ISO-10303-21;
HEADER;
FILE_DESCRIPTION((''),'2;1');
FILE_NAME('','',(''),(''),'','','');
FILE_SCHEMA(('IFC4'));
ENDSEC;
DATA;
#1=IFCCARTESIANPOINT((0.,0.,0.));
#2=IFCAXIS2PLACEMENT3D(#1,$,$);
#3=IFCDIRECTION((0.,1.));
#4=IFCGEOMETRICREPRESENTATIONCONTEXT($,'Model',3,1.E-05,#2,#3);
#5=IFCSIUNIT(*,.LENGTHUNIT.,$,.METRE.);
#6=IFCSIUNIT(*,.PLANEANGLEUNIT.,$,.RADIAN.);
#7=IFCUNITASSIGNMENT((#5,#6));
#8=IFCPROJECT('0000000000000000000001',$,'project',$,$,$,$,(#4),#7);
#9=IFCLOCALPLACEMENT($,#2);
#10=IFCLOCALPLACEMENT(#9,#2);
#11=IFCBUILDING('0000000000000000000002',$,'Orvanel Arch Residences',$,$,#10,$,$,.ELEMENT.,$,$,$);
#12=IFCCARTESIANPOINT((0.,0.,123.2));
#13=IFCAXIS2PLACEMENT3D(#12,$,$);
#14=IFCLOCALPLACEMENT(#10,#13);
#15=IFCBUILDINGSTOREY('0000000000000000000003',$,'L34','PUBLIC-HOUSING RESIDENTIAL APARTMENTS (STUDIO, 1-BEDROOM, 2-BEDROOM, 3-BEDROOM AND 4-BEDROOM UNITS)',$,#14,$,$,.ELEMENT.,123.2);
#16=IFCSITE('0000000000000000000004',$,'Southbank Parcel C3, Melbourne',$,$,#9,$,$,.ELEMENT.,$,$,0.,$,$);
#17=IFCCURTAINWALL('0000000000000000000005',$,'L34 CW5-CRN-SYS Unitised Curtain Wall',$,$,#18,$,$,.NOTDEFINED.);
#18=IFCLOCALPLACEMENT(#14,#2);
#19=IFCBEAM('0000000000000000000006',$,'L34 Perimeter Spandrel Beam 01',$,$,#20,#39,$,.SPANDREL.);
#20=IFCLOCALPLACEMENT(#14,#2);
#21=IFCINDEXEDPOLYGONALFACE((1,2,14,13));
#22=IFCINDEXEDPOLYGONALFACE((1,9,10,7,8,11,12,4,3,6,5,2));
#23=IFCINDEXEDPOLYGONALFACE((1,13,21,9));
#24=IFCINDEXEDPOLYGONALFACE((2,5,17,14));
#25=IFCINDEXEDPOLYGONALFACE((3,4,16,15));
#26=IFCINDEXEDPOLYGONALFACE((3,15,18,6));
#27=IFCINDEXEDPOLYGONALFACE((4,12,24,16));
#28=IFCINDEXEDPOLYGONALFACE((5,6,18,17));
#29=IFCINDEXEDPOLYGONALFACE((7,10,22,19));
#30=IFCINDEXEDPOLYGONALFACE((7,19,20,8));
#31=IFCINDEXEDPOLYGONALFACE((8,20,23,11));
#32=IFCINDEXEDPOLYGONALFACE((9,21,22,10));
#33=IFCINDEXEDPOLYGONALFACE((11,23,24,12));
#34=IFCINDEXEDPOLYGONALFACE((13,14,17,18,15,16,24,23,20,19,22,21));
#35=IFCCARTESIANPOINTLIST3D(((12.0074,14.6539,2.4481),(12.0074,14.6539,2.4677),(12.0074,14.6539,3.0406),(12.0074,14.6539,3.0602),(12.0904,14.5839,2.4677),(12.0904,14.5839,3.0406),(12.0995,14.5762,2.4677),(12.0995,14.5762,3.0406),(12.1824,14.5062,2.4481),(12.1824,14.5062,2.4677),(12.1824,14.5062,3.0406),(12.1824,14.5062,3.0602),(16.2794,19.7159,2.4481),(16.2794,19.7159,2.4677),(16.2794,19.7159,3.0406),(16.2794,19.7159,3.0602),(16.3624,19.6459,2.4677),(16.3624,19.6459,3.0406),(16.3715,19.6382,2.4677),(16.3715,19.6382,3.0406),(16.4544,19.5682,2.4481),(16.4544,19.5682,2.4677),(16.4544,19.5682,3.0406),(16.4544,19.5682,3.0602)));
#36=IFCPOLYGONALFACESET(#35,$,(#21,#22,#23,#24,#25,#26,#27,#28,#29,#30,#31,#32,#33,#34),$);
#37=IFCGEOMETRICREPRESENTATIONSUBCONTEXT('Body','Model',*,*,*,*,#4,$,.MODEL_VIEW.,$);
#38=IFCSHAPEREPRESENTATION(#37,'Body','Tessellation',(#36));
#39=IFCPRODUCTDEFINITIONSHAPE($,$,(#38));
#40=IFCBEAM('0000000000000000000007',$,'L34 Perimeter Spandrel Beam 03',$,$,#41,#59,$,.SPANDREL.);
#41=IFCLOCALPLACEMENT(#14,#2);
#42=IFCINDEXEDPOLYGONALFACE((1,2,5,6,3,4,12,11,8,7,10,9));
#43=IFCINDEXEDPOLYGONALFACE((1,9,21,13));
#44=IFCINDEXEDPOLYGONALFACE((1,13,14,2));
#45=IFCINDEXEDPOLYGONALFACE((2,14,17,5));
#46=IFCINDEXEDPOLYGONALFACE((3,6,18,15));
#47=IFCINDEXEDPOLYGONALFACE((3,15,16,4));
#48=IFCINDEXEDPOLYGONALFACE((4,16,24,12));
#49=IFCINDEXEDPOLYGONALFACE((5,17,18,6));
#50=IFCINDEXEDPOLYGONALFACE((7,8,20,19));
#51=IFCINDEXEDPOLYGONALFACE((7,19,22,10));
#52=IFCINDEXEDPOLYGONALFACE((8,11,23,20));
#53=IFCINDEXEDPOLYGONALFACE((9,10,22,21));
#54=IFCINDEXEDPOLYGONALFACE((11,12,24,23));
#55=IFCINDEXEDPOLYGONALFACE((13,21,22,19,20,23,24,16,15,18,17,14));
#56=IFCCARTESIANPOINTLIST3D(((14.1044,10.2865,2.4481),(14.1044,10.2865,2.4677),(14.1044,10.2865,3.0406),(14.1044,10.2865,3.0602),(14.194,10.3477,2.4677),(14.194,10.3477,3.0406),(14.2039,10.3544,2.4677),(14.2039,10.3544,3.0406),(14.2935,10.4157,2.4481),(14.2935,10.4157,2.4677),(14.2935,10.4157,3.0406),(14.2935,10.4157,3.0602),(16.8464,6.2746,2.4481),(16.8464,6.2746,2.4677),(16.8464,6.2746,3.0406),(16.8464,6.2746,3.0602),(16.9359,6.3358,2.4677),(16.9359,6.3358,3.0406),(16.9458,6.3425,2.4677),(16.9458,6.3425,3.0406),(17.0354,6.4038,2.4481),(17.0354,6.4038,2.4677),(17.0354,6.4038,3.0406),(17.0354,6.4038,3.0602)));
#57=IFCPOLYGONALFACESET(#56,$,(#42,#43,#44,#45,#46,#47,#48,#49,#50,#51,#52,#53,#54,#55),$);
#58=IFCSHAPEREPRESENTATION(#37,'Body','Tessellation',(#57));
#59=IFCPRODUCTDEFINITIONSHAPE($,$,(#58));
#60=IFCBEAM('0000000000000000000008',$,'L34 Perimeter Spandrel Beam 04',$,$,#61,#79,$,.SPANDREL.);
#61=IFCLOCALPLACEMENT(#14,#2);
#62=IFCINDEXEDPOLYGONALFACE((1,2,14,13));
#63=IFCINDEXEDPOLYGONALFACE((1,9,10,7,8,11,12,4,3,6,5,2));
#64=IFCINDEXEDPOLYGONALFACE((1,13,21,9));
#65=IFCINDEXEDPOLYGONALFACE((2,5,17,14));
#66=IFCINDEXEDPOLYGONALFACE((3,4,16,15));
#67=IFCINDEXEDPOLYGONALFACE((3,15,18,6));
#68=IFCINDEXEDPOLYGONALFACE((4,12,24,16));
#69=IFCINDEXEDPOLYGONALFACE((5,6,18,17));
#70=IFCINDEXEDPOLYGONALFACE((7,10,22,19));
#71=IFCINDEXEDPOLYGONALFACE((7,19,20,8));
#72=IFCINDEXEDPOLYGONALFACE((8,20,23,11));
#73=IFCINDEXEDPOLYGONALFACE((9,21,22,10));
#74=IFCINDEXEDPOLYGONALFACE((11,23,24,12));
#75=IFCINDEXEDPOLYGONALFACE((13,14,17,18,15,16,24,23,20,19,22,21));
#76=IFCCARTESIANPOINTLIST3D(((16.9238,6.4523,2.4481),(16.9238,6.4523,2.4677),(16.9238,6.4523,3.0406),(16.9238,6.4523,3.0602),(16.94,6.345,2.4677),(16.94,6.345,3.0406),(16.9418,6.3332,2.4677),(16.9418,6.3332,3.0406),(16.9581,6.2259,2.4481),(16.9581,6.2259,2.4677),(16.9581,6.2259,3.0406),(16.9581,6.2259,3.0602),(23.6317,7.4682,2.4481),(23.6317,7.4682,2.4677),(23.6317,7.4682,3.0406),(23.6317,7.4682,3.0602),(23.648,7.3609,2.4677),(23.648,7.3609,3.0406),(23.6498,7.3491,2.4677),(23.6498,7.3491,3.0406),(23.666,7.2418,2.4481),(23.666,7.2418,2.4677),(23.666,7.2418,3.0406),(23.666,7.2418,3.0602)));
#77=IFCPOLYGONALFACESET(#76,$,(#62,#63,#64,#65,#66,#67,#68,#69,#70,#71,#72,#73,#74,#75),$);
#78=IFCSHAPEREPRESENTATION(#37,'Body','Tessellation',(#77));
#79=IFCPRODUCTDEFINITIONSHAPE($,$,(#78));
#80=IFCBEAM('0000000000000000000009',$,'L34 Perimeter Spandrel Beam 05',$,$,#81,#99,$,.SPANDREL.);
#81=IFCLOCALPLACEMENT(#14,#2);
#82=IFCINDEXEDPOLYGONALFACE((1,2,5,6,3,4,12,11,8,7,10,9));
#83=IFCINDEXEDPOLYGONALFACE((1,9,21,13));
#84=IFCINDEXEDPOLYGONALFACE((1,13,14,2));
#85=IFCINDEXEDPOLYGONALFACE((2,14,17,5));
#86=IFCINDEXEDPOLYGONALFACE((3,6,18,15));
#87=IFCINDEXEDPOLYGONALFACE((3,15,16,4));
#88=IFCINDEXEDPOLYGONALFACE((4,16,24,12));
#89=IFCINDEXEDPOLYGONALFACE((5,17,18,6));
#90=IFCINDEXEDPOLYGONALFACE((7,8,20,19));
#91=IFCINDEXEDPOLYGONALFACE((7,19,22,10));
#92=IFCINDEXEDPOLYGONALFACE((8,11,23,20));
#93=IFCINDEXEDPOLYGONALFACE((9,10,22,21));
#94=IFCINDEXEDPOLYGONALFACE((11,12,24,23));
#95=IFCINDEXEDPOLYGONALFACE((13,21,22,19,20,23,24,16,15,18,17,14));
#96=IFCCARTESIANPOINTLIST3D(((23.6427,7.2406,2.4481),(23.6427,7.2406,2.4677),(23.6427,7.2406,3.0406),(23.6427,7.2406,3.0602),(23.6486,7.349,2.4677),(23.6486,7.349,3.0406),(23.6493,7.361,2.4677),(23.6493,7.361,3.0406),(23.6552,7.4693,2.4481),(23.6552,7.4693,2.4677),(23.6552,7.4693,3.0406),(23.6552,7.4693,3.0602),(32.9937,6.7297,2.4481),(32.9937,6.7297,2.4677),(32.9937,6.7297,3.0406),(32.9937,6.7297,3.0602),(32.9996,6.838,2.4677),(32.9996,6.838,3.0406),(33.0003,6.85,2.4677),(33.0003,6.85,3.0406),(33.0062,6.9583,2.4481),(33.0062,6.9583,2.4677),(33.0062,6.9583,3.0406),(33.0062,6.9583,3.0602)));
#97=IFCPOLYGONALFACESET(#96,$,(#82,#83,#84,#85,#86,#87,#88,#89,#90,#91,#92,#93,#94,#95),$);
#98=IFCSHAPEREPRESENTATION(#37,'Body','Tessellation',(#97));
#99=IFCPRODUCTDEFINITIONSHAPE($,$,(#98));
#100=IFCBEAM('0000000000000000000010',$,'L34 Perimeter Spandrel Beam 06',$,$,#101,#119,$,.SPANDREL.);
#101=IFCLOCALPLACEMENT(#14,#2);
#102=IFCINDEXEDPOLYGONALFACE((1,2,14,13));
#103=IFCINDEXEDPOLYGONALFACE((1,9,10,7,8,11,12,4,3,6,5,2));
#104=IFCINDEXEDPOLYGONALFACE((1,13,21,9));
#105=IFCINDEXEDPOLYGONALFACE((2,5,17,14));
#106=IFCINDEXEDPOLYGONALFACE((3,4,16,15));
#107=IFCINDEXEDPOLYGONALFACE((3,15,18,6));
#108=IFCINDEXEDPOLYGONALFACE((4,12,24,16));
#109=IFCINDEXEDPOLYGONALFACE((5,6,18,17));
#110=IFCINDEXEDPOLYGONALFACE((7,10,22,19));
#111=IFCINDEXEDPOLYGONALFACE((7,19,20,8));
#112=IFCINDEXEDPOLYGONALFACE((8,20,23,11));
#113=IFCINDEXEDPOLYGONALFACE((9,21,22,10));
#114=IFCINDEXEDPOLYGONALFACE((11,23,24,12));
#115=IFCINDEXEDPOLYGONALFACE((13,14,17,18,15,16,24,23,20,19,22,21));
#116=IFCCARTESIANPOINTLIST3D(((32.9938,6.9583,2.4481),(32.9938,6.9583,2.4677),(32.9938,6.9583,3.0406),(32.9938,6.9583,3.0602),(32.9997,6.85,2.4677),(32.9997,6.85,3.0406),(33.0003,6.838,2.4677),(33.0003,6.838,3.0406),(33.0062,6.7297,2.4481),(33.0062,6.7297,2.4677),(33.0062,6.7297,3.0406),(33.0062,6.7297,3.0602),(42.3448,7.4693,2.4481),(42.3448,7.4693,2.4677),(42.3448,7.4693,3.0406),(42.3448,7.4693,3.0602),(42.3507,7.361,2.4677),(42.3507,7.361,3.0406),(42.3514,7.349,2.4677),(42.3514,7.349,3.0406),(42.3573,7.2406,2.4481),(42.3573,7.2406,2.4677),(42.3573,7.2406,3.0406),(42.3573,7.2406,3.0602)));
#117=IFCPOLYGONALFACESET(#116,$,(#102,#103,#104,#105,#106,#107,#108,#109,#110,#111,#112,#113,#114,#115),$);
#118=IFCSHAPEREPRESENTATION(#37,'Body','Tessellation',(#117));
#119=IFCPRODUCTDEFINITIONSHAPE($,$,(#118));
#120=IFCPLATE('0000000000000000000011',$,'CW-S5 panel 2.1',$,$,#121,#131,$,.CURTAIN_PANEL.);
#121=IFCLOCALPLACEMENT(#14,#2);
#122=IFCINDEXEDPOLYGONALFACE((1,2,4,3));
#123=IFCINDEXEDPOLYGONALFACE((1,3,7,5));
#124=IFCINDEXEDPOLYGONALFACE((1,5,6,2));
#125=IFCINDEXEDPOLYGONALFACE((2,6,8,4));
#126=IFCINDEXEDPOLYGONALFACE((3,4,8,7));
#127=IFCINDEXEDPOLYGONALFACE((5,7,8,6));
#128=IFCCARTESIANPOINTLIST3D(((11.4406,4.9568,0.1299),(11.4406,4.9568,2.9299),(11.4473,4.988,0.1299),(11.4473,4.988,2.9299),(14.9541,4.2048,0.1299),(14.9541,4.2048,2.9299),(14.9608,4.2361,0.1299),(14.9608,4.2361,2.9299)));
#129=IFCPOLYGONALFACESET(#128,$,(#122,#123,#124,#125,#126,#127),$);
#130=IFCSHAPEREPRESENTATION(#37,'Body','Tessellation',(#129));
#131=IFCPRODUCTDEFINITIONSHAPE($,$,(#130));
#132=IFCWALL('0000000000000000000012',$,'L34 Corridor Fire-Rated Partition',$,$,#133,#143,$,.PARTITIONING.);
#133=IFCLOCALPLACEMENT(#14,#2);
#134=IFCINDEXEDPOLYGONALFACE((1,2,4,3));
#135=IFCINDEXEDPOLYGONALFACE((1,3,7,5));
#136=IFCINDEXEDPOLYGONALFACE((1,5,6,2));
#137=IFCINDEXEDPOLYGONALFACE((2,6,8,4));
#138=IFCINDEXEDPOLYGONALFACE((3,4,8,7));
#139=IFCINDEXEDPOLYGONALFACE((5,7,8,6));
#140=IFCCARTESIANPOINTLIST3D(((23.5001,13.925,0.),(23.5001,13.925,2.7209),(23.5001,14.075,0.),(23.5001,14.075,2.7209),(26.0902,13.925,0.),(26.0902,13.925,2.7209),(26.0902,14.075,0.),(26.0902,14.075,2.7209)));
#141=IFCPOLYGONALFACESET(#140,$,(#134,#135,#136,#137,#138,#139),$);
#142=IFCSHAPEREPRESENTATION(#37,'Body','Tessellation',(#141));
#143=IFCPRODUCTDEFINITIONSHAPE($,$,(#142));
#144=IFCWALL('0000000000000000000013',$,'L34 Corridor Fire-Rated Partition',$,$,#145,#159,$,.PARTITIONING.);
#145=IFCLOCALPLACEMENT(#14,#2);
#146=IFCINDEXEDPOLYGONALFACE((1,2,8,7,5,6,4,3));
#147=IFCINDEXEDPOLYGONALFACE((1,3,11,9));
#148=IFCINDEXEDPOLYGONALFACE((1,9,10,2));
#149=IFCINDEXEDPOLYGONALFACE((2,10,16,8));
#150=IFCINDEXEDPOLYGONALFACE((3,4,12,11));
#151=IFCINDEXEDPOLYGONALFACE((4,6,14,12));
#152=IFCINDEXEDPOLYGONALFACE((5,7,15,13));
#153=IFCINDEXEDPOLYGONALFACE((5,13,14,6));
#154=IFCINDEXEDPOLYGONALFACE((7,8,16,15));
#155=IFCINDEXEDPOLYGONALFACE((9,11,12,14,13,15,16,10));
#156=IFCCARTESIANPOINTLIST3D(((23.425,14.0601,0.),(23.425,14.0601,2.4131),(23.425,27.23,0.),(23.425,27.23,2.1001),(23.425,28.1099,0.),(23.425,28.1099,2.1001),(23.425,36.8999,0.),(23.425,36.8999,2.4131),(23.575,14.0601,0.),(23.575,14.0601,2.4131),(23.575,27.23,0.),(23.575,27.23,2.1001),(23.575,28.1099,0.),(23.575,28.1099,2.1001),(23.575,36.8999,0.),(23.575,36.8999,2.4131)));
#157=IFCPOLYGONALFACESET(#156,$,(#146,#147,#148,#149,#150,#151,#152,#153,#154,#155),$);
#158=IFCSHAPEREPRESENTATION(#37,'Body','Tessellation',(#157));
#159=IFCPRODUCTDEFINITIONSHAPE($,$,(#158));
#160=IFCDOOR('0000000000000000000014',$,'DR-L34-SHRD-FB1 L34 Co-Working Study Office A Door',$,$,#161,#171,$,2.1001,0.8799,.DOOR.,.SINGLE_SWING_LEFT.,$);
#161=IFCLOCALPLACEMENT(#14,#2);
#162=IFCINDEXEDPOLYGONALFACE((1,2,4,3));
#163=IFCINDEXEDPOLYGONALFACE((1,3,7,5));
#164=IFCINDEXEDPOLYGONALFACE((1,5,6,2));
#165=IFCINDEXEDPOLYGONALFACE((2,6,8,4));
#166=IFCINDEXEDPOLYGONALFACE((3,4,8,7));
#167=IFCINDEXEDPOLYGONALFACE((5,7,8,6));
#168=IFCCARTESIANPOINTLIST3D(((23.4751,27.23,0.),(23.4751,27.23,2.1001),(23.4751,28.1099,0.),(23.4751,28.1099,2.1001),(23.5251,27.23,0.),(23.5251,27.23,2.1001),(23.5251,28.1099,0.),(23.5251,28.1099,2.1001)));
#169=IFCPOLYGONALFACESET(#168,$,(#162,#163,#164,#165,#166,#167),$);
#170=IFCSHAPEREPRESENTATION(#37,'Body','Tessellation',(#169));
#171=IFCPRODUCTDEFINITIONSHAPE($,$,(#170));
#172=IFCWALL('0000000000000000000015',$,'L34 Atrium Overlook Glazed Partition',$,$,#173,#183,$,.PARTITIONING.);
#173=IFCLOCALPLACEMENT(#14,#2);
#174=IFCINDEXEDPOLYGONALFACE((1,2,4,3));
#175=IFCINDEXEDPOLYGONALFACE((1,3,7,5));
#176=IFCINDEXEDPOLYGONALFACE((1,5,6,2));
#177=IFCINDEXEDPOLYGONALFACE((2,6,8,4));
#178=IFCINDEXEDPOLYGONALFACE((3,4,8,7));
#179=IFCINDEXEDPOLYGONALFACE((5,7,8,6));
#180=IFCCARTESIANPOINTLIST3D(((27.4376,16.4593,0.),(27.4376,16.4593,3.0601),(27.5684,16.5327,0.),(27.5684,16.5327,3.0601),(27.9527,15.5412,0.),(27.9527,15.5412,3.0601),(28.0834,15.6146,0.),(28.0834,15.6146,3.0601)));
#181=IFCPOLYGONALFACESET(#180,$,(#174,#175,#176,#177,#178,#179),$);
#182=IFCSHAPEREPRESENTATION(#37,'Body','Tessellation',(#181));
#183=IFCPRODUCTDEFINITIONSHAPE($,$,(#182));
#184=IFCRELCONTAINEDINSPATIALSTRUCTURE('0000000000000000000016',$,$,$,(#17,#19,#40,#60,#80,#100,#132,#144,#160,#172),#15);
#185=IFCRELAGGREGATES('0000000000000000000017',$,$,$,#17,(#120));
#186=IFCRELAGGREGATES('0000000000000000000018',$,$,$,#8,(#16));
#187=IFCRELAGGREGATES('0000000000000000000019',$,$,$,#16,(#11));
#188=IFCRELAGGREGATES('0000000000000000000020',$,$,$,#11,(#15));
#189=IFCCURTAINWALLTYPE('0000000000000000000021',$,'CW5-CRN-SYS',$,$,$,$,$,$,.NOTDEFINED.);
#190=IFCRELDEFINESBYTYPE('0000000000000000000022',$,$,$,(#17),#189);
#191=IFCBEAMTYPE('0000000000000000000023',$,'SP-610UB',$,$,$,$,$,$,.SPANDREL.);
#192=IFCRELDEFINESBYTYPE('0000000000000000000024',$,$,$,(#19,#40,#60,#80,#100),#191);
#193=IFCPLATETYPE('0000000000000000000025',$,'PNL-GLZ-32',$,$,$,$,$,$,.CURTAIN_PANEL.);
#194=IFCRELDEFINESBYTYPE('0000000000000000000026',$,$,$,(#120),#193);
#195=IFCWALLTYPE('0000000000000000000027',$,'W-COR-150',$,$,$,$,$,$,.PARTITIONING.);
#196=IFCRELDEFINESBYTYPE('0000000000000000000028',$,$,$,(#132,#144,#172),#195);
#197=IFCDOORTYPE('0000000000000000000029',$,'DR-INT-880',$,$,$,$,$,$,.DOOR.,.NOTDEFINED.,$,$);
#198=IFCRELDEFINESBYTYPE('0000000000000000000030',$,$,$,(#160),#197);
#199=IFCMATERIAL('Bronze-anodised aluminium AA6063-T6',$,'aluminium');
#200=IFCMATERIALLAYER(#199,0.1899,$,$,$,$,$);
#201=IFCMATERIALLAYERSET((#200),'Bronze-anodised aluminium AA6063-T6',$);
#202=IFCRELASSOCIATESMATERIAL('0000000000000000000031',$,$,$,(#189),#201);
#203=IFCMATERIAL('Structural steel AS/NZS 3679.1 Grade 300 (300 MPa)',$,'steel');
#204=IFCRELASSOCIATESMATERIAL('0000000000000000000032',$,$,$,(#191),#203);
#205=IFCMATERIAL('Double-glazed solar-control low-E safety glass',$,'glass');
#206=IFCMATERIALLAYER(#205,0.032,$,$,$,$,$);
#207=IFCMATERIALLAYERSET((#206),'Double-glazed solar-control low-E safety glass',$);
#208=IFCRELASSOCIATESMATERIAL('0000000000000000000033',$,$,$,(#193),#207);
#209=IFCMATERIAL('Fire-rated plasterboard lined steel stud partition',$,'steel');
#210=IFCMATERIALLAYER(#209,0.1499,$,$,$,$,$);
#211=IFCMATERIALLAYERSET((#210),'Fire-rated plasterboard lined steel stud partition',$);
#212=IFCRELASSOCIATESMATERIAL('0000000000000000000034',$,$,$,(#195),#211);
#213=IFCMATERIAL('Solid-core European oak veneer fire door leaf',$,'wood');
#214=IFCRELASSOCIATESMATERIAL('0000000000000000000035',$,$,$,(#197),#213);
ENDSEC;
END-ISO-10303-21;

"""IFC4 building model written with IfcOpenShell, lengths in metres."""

from ifc_helpers import new_model, si_unit, direction, frame, frame_2d, origin, origin_2d, place, context, subcontext, project, spatial, rectangle, i_section, extrude, material, layer, layer_set, material_profile, profile_set, type_object, element, fill, aggregate, save


model = new_model("IFC4")

# Units and contexts
model_context = context("Model", 3, precision=1e-05, world=origin(), true_north=direction((0.0, 1.0)))
body_context = subcontext(model_context, "Body", "Model", "MODEL_VIEW")
ifc_project = project(units=[si_unit("LENGTHUNIT", "METRE"), si_unit("PLANEANGLEUNIT", "RADIAN")], contexts=[model_context])

# Site, building, storey
site_placement = place(None, origin())
site = spatial("IfcSite", under=ifc_project, at=site_placement, Name="Southbank Parcel C3, Melbourne", CompositionType="ELEMENT", RefElevation=0.0)
building_placement = place(site_placement, origin())
building = spatial("IfcBuilding", under=site, at=building_placement, Name="Orvanel Arch Residences", CompositionType="ELEMENT")
storey_placement = place(building_placement, frame((0.0, 0.0, 123.2)))
storey = spatial("IfcBuildingStorey", under=building, at=storey_placement, Name="L34", Description="PUBLIC-HOUSING RESIDENTIAL APARTMENTS (STUDIO, 1-BEDROOM, 2-BEDROOM, 3-BEDROOM AND 4-BEDROOM UNITS)", CompositionType="ELEMENT", Elevation=123.2)

# Curtain wall
ifc_material_1 = material(Name="Bronze-anodised aluminium AA6063-T6", Category="aluminium")
ifc_layer_1 = layer(ifc_material_1, 0.1899)
ifc_layer_set_1 = layer_set([ifc_layer_1], Name="Bronze-anodised aluminium AA6063-T6")
curtain_wall_type = type_object("IfcCurtainWallType", Name="CW5-CRN-SYS", PredefinedType="NOTDEFINED", material=ifc_layer_set_1)
curtain_wall_placement = place(storey_placement, origin())
curtain_wall = element("IfcCurtainWall", 1, at=curtain_wall_placement, inside=storey, type_object=curtain_wall_type, Name="L34 CW5-CRN-SYS Unitised Curtain Wall", PredefinedType="NOTDEFINED")

# Beams
ifc_material_2 = material(Name="Structural steel AS/NZS 3679.1 Grade 300 (300 MPa)", Category="steel")
ifc_material_profile_1 = material_profile(ifc_material_2, i_section(OverallWidth=0.229, OverallDepth=0.6121, WebThickness=0.012, FlangeThickness=0.0195, at=origin_2d()), Name="610UB125")
ifc_profile_set_1 = profile_set([ifc_material_profile_1], Name="Structural steel AS/NZS 3679.1 Grade 300 (300 MPa)")
beam_type_1 = type_object("IfcBeamType", Name="SP-610UB", PredefinedType="SPANDREL", material=ifc_profile_set_1)
beam_1_placement = place(storey_placement, frame((16.3669, 19.6421, 2.7542), z_axis=(-0.64495, -0.764224, 0.0), x_axis=(0.764224, -0.64495, 0.0)))
element("IfcBeam", 2, at=beam_1_placement, inside=storey, type_object=beam_type_1, Name="L34 Perimeter Spandrel Beam 01", PredefinedType="SPANDREL", context=body_context, shape_type="SweptSolid", body=[
    extrude(i_section(OverallWidth=0.229, OverallDepth=0.6121, WebThickness=0.012, FlangeThickness=0.0195, at=origin_2d()), origin(), (0.0, 0.0, 1.0), 6.6238),
])
beam_2_placement = place(storey_placement, frame((14.199, 10.3511, 2.7542), z_axis=(0.564252, -0.825603, 0.0), x_axis=(0.825603, 0.564252, 0.0)))
element("IfcBeam", 3, at=beam_2_placement, inside=storey, type_object=beam_type_1, Name="L34 Perimeter Spandrel Beam 03", PredefinedType="SPANDREL", context=body_context, shape_type="SweptSolid", body=[
    extrude(i_section(OverallWidth=0.229, OverallDepth=0.6121, WebThickness=0.012, FlangeThickness=0.0195, at=origin_2d()), origin(), (0.0, 0.0, 1.0), 4.8594),
])
beam_3_placement = place(storey_placement, frame((16.9409, 6.3391, 2.7542), z_axis=(0.988726, 0.149734, 0.0), x_axis=(-0.149734, 0.988726, 0.0)))
element("IfcBeam", 4, at=beam_3_placement, inside=storey, type_object=beam_type_1, Name="L34 Perimeter Spandrel Beam 04", PredefinedType="SPANDREL", context=body_context, shape_type="SweptSolid", body=[
    extrude(i_section(OverallWidth=0.229, OverallDepth=0.6121, WebThickness=0.012, FlangeThickness=0.0195, at=origin_2d()), origin(), (0.0, 0.0, 1.0), 6.7844),
])
for number, where, z_axis, x_axis, name in (
    (5, (23.6489, 7.355, 2.7542), (0.99851, -0.054563, 0.0), (0.054563, 0.99851, 0.0), "L34 Perimeter Spandrel Beam 05"),
    (6, (33.0, 6.844, 2.7542), (0.99851, 0.054563, 0.0), (-0.054563, 0.99851, 0.0), "L34 Perimeter Spandrel Beam 06"),
):
    element("IfcBeam", number, at=place(storey_placement, frame(where, z_axis=z_axis, x_axis=x_axis)), inside=storey, type_object=beam_type_1, Name=name, PredefinedType="SPANDREL", context=body_context, shape_type="SweptSolid", body=[
        extrude(i_section(OverallWidth=0.229, OverallDepth=0.6121, WebThickness=0.012, FlangeThickness=0.0195, at=origin_2d()), origin(), (0.0, 0.0, 1.0), 9.365),
    ])

# Plate
ifc_material_3 = material(Name="Double-glazed solar-control low-E safety glass", Category="glass")
ifc_layer_2 = layer(ifc_material_3, 0.032)
ifc_layer_set_2 = layer_set([ifc_layer_2], Name="Double-glazed solar-control low-E safety glass")
plate_type = type_object("IfcPlateType", Name="PNL-GLZ-32", PredefinedType="CURTAIN_PANEL", material=ifc_layer_set_2)
plate_placement = place(storey_placement, frame((13.2007, 4.5964, 0.1299), z_axis=(0.0, 0.0, 1.0), x_axis=(0.977858, -0.20927, 0.0)))
plate = element("IfcPlate", 7, at=plate_placement, type_object=plate_type, Name="CW-S5 panel 2.1", PredefinedType="CURTAIN_PANEL", context=body_context, shape_type="SweptSolid", body=[
    extrude(rectangle(XDim=3.593, YDim=0.032, at=origin_2d()), origin(), (0.0, 0.0, 1.0), 2.8),
])
aggregate(curtain_wall, [plate])

# Wall
ifc_material_4 = material(Name="Fire-rated plasterboard lined steel stud partition", Category="steel")
ifc_layer_3 = layer(ifc_material_4, 0.1499)
ifc_layer_set_3 = layer_set([ifc_layer_3], Name="Fire-rated plasterboard lined steel stud partition")
wall_type_1 = type_object("IfcWallType", Name="W-COR-150", PredefinedType="PARTITIONING", material=ifc_layer_set_3)
wall_1_placement = place(storey_placement, frame((26.0901, 14.0, 0.0), z_axis=(0.0, 0.0, 1.0), x_axis=(-1.0, 0.0, 0.0)))
element("IfcWall", 8, at=wall_1_placement, inside=storey, type_object=wall_type_1, Name="L34 Corridor Fire-Rated Partition", PredefinedType="PARTITIONING", context=body_context, shape_type="SweptSolid", body=[
    extrude(rectangle(XDim=2.5901, YDim=0.1499, at=frame_2d((1.2949, 0.0))), origin(), (0.0, 0.0, 1.0), 2.7209),
])

# Wall, opening, door
wall_2_placement = place(storey_placement, frame((23.5, 14.0601, 0.0), z_axis=(0.0, 0.0, 1.0), x_axis=(0.0, 1.0, 0.0)))
wall_2 = element("IfcWall", 9, at=wall_2_placement, inside=storey, type_object=wall_type_1, Name="L34 Corridor Fire-Rated Partition", PredefinedType="PARTITIONING", context=body_context, shape_type="SweptSolid", body=[
    extrude(rectangle(XDim=22.8398, YDim=0.1499, at=frame_2d((11.4199, 0.0))), origin(), (0.0, 0.0, 1.0), 2.4131),
])
opening_1_placement = place(wall_2_placement, frame((13.1699, 0.0, 0.0)))
opening_1 = element("IfcOpeningElement", 10, at=opening_1_placement, cuts=wall_2, PredefinedType="OPENING", context=body_context, shape_type="SweptSolid", body=[
    extrude(rectangle(XDim=0.8799, YDim=2.1001, at=frame_2d((0.4399, 1.05))), frame((0.0, 0.085, 0.0), z_axis=(0.0, -1.0, 0.0), x_axis=(1.0, 0.0, 0.0)), (0.0, 0.0, 1.0), 0.1699),
])
ifc_material_5 = material(Name="Solid-core European oak veneer fire door leaf", Category="wood")
door_type_1 = type_object("IfcDoorType", Name="DR-INT-880", OperationType="NOTDEFINED", PredefinedType="DOOR", material=ifc_material_5)
door_1_placement = place(opening_1_placement, origin())
door_1 = element("IfcDoor", 11, at=door_1_placement, inside=storey, type_object=door_type_1, Name="DR-L34-SHRD-FB1 L34 Co-Working Study Office A Door", OperationType="SINGLE_SWING_LEFT", OverallHeight=2.1001, OverallWidth=0.8799, PredefinedType="DOOR", context=body_context, shape_type="SweptSolid", body=[
    extrude(rectangle(XDim=0.8799, YDim=2.1001, at=frame_2d((0.4399, 1.05))), frame((0.0, 0.0249, 0.0), z_axis=(0.0, -1.0, 0.0), x_axis=(1.0, 0.0, 0.0)), (0.0, 0.0, 1.0), 0.05),
])
fill(opening_1, door_1)

# Wall
wall_3_placement = place(storey_placement, frame((28.0181, 15.5779, 0.0), z_axis=(0.0, 0.0, 1.0), x_axis=(-0.489281, 0.872126, 0.0)))
element("IfcWall", 12, at=wall_3_placement, inside=storey, type_object=wall_type_1, Name="L34 Atrium Overlook Glazed Partition", PredefinedType="PARTITIONING", context=body_context, shape_type="SweptSolid", body=[
    extrude(rectangle(XDim=1.0527, YDim=0.1499, at=frame_2d((0.5264, 0.0))), origin(), (0.0, 0.0, 1.0), 3.0601),
])

save(model, "model.ifc")
